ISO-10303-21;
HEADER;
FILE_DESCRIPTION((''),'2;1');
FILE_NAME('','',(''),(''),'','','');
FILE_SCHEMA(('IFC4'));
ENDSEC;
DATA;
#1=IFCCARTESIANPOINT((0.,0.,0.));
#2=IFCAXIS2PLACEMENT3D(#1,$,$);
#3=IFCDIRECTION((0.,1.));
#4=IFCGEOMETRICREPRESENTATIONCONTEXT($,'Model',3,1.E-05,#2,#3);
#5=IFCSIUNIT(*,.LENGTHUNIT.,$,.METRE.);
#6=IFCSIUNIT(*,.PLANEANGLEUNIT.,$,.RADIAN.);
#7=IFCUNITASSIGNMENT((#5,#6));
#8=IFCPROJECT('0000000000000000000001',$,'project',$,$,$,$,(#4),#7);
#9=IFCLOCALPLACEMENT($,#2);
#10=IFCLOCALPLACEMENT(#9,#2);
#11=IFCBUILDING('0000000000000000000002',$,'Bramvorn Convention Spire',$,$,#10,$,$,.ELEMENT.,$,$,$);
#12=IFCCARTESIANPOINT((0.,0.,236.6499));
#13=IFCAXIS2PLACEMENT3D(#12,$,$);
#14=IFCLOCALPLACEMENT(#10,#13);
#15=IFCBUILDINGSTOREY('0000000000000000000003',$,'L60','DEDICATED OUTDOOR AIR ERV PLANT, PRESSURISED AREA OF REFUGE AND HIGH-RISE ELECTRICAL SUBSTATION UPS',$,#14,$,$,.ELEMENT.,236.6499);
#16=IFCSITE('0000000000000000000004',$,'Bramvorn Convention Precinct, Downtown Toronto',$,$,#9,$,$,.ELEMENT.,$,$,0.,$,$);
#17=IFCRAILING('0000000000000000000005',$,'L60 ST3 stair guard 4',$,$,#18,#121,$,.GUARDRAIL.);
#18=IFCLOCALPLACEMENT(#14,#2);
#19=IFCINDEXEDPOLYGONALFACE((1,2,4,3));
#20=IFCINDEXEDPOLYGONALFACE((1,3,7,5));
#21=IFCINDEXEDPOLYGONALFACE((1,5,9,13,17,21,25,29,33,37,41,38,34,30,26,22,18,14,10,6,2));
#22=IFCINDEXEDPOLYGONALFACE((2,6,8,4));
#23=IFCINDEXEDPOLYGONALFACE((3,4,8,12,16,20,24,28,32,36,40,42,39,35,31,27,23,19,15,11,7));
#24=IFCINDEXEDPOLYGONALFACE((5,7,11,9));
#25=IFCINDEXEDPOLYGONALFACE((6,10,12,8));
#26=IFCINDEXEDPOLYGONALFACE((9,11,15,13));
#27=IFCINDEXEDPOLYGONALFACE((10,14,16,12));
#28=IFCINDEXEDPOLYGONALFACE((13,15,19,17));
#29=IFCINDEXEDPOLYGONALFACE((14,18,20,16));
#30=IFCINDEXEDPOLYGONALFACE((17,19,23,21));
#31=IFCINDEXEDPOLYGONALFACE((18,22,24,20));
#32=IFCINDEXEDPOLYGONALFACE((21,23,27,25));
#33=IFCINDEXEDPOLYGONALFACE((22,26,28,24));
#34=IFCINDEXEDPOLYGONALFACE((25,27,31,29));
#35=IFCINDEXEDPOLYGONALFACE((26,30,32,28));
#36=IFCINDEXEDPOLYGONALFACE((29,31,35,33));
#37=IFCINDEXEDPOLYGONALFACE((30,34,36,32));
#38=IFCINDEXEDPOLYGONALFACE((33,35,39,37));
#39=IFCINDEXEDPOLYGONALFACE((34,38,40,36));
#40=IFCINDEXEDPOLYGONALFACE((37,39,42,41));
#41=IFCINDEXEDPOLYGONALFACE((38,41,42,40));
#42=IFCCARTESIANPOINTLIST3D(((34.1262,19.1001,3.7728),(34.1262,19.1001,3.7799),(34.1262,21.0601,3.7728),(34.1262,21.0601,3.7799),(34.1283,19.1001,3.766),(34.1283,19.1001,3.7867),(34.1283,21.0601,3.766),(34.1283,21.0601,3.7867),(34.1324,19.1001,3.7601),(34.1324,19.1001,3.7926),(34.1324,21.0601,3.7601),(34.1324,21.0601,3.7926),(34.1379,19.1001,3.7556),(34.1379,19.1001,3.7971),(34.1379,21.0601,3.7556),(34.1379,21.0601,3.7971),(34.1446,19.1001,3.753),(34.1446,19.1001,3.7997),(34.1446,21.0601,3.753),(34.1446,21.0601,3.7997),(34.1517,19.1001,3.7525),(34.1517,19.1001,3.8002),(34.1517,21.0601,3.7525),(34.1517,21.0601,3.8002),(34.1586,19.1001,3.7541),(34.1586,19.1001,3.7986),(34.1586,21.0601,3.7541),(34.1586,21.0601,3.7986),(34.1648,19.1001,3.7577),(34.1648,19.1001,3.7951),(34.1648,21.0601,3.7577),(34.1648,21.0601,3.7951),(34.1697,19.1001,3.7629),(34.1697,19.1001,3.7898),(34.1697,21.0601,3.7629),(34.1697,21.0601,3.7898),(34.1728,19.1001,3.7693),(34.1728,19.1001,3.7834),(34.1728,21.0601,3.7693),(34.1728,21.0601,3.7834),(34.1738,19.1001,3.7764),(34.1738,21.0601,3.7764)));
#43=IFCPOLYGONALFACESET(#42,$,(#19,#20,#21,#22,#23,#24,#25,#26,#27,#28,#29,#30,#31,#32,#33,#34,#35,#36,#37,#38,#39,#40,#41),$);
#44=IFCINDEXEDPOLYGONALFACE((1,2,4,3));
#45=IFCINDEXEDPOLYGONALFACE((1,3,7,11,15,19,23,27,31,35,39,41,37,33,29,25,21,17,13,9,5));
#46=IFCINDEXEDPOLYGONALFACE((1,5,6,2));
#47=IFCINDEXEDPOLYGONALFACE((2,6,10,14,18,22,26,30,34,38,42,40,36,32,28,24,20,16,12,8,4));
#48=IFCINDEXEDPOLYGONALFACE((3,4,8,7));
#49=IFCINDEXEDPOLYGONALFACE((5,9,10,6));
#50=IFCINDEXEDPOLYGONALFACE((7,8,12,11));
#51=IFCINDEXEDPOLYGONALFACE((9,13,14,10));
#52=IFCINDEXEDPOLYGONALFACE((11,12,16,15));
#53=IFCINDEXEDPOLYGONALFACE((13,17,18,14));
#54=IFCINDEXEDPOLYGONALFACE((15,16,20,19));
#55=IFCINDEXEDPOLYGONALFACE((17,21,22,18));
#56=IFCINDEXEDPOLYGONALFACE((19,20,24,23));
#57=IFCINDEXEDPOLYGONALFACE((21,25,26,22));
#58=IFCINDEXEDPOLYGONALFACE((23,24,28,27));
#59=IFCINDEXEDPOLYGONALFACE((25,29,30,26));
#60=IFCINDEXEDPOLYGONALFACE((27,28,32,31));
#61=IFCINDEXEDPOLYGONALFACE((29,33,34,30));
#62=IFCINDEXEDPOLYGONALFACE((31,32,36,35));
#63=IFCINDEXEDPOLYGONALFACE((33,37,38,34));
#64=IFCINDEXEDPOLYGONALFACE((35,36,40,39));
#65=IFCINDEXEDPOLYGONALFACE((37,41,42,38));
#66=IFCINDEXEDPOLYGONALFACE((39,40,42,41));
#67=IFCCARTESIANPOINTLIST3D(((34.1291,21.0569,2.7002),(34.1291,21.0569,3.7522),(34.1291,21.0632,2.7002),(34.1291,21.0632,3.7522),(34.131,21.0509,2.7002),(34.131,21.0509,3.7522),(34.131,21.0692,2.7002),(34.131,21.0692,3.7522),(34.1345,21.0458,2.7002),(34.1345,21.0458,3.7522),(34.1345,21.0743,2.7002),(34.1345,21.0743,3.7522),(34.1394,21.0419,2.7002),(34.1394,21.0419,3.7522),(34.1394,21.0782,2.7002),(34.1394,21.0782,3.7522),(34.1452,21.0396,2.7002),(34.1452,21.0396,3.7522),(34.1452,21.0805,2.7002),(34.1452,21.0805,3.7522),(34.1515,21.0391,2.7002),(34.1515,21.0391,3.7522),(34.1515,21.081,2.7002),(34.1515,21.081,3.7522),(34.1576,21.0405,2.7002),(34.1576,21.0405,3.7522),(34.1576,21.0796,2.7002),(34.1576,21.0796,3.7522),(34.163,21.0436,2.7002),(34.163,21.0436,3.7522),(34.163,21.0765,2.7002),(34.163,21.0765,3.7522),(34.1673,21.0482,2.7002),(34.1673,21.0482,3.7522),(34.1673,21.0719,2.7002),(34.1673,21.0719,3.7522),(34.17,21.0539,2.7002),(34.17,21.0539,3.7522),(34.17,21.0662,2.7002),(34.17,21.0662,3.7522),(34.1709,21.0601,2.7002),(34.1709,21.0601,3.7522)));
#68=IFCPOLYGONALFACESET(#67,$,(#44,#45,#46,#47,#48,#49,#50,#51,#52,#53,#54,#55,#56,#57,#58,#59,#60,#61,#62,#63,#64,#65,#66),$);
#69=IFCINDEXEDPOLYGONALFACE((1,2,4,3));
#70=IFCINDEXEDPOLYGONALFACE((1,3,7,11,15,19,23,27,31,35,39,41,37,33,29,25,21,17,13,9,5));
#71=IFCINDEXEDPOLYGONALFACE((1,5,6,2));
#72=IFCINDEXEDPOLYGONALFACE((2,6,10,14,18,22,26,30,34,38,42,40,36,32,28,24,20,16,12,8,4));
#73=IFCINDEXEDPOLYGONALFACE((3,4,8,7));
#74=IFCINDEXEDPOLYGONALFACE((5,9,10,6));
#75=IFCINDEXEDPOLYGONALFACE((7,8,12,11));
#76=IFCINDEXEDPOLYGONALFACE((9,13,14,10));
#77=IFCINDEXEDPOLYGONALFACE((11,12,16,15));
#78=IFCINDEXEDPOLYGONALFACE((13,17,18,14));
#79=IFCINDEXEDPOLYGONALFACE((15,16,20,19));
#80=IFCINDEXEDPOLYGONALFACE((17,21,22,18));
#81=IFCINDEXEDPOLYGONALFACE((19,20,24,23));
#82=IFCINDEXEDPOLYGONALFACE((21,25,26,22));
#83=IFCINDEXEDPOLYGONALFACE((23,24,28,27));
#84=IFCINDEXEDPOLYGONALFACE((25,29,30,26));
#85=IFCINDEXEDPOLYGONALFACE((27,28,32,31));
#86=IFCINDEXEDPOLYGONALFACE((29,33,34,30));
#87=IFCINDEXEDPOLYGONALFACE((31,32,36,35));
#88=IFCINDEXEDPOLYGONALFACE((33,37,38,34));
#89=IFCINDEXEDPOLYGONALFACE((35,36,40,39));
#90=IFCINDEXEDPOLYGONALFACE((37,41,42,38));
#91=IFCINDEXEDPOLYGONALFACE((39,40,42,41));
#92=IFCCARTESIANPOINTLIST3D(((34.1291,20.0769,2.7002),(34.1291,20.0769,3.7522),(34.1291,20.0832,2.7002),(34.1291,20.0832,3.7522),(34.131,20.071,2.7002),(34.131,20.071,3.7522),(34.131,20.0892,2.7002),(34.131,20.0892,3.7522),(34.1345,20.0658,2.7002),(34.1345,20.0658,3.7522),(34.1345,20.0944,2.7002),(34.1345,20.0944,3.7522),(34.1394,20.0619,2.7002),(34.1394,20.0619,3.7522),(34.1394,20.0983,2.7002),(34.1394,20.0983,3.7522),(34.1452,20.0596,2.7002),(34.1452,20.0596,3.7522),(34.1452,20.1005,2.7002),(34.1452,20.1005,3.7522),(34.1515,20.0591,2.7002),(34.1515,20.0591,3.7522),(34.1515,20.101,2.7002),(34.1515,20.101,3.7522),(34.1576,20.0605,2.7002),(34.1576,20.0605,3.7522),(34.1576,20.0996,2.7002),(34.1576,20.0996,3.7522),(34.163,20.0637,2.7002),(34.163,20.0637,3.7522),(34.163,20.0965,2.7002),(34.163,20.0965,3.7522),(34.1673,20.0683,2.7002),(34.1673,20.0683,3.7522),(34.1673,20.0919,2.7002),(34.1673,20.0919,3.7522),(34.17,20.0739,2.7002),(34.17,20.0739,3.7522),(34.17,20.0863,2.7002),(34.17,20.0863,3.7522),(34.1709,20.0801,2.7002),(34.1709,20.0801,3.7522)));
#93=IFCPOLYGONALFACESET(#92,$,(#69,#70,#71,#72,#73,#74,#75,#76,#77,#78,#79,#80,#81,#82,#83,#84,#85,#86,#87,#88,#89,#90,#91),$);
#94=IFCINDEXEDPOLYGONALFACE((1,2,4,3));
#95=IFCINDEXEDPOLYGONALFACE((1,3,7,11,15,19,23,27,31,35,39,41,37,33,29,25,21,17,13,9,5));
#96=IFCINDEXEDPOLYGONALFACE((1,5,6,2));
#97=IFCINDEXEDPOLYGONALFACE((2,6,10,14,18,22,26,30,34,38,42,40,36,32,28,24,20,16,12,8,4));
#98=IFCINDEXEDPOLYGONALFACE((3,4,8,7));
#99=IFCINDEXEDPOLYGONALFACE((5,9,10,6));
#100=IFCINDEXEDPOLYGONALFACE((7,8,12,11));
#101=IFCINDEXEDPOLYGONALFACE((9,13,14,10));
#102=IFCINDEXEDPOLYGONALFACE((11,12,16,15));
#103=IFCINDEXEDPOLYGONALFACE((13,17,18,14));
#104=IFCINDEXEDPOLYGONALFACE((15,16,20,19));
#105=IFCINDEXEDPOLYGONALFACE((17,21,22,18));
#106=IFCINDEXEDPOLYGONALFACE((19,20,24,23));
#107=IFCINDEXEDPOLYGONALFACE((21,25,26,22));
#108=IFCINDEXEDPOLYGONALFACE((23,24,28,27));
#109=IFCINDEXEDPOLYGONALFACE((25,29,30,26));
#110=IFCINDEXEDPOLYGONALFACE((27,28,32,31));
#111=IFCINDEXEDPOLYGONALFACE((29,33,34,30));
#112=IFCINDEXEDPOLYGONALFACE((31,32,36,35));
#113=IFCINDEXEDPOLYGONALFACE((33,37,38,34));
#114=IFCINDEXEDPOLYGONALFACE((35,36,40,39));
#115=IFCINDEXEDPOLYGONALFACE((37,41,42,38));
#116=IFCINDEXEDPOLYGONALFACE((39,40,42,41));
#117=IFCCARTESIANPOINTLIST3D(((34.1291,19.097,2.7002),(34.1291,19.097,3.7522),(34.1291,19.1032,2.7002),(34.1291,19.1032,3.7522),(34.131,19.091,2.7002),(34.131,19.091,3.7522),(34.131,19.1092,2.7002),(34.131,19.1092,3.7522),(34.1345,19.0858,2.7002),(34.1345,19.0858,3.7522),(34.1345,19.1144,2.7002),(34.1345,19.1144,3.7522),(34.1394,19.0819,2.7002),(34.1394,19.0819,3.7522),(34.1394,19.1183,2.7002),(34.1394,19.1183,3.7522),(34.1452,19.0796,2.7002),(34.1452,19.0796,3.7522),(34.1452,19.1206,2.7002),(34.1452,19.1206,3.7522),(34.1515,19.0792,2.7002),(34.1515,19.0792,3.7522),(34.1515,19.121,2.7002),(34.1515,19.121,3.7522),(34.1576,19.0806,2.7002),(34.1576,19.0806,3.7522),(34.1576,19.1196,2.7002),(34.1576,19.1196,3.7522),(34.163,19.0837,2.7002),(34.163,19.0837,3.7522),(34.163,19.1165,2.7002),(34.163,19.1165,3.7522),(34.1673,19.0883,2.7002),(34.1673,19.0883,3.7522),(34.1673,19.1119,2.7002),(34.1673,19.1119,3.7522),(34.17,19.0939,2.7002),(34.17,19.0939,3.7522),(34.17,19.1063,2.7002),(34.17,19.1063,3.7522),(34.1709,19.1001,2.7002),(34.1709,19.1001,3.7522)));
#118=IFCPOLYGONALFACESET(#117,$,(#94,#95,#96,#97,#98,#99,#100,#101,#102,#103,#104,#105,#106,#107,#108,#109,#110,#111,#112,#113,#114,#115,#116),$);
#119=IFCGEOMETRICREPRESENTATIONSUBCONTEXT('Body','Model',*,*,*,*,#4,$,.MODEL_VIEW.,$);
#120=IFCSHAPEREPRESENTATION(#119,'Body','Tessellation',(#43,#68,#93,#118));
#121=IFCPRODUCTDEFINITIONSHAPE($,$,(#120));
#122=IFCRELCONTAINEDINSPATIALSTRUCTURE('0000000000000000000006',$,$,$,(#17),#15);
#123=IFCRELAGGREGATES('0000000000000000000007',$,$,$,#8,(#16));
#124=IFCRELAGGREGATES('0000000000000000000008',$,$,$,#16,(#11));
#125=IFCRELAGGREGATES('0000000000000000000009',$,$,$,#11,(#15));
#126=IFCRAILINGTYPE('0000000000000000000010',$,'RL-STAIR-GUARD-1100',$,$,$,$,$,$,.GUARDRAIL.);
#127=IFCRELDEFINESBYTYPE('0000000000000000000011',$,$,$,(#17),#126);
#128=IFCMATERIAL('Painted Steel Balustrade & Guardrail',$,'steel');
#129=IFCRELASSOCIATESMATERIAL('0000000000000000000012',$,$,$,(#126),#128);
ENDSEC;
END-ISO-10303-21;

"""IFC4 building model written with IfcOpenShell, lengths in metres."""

from ifc_helpers import new_model, si_unit, direction, frame, origin, origin_2d, place, context, subcontext, project, spatial, circle, extrude, material, type_object, element, save


model = new_model("IFC4")

# Units and contexts
model_context = context("Model", 3, precision=1e-05, world=origin(), true_north=direction((0.0, 1.0)))
body_context = subcontext(model_context, "Body", "Model", "MODEL_VIEW")
ifc_project = project(units=[si_unit("LENGTHUNIT", "METRE"), si_unit("PLANEANGLEUNIT", "RADIAN")], contexts=[model_context])

# Site, building, storey
site_placement = place(None, origin())
site = spatial("IfcSite", under=ifc_project, at=site_placement, Name="Bramvorn Convention Precinct, Downtown Toronto", CompositionType="ELEMENT", RefElevation=0.0)
building_placement = place(site_placement, origin())
building = spatial("IfcBuilding", under=site, at=building_placement, Name="Bramvorn Convention Spire", CompositionType="ELEMENT")
storey_placement = place(building_placement, frame((0.0, 0.0, 236.6499)))
storey = spatial("IfcBuildingStorey", under=building, at=storey_placement, Name="L60", Description="DEDICATED OUTDOOR AIR ERV PLANT, PRESSURISED AREA OF REFUGE AND HIGH-RISE ELECTRICAL SUBSTATION UPS", CompositionType="ELEMENT", Elevation=236.6499)

# Railing
ifc_material_1 = material(Name="Painted Steel Balustrade & Guardrail", Category="steel")
railing_type_1 = type_object("IfcRailingType", Name="RL-STAIR-GUARD-1100", PredefinedType="GUARDRAIL", material=ifc_material_1)
for number, where, name in (
    (1, (34.1499, 21.0601, 2.7002), "L60 ST3 stair guard 4"),
):
    element("IfcRailing", number, at=place(storey_placement, frame(where)), inside=storey, type_object=railing_type_1, Name=name, PredefinedType="GUARDRAIL", context=body_context, shape_type="SweptSolid", body=[
        extrude(circle(Radius=0.0239, at=origin_2d()), frame((0.0, 0.0, 1.0762), z_axis=(0.0, -1.0, 0.0), x_axis=(1.0, 0.0, 0.0)), (0.0, 0.0, 1.0), 1.96),
        extrude(circle(Radius=0.021, at=origin_2d()), origin(), (0.0, 0.0, 1.0), 1.052),
        extrude(circle(Radius=0.021, at=origin_2d()), frame((0.0, -0.98, 0.0)), (0.0, 0.0, 1.0), 1.052),
        extrude(circle(Radius=0.021, at=origin_2d()), frame((0.0, -1.96, 0.0)), (0.0, 0.0, 1.0), 1.052),
    ])

save(model, "model.ifc")
